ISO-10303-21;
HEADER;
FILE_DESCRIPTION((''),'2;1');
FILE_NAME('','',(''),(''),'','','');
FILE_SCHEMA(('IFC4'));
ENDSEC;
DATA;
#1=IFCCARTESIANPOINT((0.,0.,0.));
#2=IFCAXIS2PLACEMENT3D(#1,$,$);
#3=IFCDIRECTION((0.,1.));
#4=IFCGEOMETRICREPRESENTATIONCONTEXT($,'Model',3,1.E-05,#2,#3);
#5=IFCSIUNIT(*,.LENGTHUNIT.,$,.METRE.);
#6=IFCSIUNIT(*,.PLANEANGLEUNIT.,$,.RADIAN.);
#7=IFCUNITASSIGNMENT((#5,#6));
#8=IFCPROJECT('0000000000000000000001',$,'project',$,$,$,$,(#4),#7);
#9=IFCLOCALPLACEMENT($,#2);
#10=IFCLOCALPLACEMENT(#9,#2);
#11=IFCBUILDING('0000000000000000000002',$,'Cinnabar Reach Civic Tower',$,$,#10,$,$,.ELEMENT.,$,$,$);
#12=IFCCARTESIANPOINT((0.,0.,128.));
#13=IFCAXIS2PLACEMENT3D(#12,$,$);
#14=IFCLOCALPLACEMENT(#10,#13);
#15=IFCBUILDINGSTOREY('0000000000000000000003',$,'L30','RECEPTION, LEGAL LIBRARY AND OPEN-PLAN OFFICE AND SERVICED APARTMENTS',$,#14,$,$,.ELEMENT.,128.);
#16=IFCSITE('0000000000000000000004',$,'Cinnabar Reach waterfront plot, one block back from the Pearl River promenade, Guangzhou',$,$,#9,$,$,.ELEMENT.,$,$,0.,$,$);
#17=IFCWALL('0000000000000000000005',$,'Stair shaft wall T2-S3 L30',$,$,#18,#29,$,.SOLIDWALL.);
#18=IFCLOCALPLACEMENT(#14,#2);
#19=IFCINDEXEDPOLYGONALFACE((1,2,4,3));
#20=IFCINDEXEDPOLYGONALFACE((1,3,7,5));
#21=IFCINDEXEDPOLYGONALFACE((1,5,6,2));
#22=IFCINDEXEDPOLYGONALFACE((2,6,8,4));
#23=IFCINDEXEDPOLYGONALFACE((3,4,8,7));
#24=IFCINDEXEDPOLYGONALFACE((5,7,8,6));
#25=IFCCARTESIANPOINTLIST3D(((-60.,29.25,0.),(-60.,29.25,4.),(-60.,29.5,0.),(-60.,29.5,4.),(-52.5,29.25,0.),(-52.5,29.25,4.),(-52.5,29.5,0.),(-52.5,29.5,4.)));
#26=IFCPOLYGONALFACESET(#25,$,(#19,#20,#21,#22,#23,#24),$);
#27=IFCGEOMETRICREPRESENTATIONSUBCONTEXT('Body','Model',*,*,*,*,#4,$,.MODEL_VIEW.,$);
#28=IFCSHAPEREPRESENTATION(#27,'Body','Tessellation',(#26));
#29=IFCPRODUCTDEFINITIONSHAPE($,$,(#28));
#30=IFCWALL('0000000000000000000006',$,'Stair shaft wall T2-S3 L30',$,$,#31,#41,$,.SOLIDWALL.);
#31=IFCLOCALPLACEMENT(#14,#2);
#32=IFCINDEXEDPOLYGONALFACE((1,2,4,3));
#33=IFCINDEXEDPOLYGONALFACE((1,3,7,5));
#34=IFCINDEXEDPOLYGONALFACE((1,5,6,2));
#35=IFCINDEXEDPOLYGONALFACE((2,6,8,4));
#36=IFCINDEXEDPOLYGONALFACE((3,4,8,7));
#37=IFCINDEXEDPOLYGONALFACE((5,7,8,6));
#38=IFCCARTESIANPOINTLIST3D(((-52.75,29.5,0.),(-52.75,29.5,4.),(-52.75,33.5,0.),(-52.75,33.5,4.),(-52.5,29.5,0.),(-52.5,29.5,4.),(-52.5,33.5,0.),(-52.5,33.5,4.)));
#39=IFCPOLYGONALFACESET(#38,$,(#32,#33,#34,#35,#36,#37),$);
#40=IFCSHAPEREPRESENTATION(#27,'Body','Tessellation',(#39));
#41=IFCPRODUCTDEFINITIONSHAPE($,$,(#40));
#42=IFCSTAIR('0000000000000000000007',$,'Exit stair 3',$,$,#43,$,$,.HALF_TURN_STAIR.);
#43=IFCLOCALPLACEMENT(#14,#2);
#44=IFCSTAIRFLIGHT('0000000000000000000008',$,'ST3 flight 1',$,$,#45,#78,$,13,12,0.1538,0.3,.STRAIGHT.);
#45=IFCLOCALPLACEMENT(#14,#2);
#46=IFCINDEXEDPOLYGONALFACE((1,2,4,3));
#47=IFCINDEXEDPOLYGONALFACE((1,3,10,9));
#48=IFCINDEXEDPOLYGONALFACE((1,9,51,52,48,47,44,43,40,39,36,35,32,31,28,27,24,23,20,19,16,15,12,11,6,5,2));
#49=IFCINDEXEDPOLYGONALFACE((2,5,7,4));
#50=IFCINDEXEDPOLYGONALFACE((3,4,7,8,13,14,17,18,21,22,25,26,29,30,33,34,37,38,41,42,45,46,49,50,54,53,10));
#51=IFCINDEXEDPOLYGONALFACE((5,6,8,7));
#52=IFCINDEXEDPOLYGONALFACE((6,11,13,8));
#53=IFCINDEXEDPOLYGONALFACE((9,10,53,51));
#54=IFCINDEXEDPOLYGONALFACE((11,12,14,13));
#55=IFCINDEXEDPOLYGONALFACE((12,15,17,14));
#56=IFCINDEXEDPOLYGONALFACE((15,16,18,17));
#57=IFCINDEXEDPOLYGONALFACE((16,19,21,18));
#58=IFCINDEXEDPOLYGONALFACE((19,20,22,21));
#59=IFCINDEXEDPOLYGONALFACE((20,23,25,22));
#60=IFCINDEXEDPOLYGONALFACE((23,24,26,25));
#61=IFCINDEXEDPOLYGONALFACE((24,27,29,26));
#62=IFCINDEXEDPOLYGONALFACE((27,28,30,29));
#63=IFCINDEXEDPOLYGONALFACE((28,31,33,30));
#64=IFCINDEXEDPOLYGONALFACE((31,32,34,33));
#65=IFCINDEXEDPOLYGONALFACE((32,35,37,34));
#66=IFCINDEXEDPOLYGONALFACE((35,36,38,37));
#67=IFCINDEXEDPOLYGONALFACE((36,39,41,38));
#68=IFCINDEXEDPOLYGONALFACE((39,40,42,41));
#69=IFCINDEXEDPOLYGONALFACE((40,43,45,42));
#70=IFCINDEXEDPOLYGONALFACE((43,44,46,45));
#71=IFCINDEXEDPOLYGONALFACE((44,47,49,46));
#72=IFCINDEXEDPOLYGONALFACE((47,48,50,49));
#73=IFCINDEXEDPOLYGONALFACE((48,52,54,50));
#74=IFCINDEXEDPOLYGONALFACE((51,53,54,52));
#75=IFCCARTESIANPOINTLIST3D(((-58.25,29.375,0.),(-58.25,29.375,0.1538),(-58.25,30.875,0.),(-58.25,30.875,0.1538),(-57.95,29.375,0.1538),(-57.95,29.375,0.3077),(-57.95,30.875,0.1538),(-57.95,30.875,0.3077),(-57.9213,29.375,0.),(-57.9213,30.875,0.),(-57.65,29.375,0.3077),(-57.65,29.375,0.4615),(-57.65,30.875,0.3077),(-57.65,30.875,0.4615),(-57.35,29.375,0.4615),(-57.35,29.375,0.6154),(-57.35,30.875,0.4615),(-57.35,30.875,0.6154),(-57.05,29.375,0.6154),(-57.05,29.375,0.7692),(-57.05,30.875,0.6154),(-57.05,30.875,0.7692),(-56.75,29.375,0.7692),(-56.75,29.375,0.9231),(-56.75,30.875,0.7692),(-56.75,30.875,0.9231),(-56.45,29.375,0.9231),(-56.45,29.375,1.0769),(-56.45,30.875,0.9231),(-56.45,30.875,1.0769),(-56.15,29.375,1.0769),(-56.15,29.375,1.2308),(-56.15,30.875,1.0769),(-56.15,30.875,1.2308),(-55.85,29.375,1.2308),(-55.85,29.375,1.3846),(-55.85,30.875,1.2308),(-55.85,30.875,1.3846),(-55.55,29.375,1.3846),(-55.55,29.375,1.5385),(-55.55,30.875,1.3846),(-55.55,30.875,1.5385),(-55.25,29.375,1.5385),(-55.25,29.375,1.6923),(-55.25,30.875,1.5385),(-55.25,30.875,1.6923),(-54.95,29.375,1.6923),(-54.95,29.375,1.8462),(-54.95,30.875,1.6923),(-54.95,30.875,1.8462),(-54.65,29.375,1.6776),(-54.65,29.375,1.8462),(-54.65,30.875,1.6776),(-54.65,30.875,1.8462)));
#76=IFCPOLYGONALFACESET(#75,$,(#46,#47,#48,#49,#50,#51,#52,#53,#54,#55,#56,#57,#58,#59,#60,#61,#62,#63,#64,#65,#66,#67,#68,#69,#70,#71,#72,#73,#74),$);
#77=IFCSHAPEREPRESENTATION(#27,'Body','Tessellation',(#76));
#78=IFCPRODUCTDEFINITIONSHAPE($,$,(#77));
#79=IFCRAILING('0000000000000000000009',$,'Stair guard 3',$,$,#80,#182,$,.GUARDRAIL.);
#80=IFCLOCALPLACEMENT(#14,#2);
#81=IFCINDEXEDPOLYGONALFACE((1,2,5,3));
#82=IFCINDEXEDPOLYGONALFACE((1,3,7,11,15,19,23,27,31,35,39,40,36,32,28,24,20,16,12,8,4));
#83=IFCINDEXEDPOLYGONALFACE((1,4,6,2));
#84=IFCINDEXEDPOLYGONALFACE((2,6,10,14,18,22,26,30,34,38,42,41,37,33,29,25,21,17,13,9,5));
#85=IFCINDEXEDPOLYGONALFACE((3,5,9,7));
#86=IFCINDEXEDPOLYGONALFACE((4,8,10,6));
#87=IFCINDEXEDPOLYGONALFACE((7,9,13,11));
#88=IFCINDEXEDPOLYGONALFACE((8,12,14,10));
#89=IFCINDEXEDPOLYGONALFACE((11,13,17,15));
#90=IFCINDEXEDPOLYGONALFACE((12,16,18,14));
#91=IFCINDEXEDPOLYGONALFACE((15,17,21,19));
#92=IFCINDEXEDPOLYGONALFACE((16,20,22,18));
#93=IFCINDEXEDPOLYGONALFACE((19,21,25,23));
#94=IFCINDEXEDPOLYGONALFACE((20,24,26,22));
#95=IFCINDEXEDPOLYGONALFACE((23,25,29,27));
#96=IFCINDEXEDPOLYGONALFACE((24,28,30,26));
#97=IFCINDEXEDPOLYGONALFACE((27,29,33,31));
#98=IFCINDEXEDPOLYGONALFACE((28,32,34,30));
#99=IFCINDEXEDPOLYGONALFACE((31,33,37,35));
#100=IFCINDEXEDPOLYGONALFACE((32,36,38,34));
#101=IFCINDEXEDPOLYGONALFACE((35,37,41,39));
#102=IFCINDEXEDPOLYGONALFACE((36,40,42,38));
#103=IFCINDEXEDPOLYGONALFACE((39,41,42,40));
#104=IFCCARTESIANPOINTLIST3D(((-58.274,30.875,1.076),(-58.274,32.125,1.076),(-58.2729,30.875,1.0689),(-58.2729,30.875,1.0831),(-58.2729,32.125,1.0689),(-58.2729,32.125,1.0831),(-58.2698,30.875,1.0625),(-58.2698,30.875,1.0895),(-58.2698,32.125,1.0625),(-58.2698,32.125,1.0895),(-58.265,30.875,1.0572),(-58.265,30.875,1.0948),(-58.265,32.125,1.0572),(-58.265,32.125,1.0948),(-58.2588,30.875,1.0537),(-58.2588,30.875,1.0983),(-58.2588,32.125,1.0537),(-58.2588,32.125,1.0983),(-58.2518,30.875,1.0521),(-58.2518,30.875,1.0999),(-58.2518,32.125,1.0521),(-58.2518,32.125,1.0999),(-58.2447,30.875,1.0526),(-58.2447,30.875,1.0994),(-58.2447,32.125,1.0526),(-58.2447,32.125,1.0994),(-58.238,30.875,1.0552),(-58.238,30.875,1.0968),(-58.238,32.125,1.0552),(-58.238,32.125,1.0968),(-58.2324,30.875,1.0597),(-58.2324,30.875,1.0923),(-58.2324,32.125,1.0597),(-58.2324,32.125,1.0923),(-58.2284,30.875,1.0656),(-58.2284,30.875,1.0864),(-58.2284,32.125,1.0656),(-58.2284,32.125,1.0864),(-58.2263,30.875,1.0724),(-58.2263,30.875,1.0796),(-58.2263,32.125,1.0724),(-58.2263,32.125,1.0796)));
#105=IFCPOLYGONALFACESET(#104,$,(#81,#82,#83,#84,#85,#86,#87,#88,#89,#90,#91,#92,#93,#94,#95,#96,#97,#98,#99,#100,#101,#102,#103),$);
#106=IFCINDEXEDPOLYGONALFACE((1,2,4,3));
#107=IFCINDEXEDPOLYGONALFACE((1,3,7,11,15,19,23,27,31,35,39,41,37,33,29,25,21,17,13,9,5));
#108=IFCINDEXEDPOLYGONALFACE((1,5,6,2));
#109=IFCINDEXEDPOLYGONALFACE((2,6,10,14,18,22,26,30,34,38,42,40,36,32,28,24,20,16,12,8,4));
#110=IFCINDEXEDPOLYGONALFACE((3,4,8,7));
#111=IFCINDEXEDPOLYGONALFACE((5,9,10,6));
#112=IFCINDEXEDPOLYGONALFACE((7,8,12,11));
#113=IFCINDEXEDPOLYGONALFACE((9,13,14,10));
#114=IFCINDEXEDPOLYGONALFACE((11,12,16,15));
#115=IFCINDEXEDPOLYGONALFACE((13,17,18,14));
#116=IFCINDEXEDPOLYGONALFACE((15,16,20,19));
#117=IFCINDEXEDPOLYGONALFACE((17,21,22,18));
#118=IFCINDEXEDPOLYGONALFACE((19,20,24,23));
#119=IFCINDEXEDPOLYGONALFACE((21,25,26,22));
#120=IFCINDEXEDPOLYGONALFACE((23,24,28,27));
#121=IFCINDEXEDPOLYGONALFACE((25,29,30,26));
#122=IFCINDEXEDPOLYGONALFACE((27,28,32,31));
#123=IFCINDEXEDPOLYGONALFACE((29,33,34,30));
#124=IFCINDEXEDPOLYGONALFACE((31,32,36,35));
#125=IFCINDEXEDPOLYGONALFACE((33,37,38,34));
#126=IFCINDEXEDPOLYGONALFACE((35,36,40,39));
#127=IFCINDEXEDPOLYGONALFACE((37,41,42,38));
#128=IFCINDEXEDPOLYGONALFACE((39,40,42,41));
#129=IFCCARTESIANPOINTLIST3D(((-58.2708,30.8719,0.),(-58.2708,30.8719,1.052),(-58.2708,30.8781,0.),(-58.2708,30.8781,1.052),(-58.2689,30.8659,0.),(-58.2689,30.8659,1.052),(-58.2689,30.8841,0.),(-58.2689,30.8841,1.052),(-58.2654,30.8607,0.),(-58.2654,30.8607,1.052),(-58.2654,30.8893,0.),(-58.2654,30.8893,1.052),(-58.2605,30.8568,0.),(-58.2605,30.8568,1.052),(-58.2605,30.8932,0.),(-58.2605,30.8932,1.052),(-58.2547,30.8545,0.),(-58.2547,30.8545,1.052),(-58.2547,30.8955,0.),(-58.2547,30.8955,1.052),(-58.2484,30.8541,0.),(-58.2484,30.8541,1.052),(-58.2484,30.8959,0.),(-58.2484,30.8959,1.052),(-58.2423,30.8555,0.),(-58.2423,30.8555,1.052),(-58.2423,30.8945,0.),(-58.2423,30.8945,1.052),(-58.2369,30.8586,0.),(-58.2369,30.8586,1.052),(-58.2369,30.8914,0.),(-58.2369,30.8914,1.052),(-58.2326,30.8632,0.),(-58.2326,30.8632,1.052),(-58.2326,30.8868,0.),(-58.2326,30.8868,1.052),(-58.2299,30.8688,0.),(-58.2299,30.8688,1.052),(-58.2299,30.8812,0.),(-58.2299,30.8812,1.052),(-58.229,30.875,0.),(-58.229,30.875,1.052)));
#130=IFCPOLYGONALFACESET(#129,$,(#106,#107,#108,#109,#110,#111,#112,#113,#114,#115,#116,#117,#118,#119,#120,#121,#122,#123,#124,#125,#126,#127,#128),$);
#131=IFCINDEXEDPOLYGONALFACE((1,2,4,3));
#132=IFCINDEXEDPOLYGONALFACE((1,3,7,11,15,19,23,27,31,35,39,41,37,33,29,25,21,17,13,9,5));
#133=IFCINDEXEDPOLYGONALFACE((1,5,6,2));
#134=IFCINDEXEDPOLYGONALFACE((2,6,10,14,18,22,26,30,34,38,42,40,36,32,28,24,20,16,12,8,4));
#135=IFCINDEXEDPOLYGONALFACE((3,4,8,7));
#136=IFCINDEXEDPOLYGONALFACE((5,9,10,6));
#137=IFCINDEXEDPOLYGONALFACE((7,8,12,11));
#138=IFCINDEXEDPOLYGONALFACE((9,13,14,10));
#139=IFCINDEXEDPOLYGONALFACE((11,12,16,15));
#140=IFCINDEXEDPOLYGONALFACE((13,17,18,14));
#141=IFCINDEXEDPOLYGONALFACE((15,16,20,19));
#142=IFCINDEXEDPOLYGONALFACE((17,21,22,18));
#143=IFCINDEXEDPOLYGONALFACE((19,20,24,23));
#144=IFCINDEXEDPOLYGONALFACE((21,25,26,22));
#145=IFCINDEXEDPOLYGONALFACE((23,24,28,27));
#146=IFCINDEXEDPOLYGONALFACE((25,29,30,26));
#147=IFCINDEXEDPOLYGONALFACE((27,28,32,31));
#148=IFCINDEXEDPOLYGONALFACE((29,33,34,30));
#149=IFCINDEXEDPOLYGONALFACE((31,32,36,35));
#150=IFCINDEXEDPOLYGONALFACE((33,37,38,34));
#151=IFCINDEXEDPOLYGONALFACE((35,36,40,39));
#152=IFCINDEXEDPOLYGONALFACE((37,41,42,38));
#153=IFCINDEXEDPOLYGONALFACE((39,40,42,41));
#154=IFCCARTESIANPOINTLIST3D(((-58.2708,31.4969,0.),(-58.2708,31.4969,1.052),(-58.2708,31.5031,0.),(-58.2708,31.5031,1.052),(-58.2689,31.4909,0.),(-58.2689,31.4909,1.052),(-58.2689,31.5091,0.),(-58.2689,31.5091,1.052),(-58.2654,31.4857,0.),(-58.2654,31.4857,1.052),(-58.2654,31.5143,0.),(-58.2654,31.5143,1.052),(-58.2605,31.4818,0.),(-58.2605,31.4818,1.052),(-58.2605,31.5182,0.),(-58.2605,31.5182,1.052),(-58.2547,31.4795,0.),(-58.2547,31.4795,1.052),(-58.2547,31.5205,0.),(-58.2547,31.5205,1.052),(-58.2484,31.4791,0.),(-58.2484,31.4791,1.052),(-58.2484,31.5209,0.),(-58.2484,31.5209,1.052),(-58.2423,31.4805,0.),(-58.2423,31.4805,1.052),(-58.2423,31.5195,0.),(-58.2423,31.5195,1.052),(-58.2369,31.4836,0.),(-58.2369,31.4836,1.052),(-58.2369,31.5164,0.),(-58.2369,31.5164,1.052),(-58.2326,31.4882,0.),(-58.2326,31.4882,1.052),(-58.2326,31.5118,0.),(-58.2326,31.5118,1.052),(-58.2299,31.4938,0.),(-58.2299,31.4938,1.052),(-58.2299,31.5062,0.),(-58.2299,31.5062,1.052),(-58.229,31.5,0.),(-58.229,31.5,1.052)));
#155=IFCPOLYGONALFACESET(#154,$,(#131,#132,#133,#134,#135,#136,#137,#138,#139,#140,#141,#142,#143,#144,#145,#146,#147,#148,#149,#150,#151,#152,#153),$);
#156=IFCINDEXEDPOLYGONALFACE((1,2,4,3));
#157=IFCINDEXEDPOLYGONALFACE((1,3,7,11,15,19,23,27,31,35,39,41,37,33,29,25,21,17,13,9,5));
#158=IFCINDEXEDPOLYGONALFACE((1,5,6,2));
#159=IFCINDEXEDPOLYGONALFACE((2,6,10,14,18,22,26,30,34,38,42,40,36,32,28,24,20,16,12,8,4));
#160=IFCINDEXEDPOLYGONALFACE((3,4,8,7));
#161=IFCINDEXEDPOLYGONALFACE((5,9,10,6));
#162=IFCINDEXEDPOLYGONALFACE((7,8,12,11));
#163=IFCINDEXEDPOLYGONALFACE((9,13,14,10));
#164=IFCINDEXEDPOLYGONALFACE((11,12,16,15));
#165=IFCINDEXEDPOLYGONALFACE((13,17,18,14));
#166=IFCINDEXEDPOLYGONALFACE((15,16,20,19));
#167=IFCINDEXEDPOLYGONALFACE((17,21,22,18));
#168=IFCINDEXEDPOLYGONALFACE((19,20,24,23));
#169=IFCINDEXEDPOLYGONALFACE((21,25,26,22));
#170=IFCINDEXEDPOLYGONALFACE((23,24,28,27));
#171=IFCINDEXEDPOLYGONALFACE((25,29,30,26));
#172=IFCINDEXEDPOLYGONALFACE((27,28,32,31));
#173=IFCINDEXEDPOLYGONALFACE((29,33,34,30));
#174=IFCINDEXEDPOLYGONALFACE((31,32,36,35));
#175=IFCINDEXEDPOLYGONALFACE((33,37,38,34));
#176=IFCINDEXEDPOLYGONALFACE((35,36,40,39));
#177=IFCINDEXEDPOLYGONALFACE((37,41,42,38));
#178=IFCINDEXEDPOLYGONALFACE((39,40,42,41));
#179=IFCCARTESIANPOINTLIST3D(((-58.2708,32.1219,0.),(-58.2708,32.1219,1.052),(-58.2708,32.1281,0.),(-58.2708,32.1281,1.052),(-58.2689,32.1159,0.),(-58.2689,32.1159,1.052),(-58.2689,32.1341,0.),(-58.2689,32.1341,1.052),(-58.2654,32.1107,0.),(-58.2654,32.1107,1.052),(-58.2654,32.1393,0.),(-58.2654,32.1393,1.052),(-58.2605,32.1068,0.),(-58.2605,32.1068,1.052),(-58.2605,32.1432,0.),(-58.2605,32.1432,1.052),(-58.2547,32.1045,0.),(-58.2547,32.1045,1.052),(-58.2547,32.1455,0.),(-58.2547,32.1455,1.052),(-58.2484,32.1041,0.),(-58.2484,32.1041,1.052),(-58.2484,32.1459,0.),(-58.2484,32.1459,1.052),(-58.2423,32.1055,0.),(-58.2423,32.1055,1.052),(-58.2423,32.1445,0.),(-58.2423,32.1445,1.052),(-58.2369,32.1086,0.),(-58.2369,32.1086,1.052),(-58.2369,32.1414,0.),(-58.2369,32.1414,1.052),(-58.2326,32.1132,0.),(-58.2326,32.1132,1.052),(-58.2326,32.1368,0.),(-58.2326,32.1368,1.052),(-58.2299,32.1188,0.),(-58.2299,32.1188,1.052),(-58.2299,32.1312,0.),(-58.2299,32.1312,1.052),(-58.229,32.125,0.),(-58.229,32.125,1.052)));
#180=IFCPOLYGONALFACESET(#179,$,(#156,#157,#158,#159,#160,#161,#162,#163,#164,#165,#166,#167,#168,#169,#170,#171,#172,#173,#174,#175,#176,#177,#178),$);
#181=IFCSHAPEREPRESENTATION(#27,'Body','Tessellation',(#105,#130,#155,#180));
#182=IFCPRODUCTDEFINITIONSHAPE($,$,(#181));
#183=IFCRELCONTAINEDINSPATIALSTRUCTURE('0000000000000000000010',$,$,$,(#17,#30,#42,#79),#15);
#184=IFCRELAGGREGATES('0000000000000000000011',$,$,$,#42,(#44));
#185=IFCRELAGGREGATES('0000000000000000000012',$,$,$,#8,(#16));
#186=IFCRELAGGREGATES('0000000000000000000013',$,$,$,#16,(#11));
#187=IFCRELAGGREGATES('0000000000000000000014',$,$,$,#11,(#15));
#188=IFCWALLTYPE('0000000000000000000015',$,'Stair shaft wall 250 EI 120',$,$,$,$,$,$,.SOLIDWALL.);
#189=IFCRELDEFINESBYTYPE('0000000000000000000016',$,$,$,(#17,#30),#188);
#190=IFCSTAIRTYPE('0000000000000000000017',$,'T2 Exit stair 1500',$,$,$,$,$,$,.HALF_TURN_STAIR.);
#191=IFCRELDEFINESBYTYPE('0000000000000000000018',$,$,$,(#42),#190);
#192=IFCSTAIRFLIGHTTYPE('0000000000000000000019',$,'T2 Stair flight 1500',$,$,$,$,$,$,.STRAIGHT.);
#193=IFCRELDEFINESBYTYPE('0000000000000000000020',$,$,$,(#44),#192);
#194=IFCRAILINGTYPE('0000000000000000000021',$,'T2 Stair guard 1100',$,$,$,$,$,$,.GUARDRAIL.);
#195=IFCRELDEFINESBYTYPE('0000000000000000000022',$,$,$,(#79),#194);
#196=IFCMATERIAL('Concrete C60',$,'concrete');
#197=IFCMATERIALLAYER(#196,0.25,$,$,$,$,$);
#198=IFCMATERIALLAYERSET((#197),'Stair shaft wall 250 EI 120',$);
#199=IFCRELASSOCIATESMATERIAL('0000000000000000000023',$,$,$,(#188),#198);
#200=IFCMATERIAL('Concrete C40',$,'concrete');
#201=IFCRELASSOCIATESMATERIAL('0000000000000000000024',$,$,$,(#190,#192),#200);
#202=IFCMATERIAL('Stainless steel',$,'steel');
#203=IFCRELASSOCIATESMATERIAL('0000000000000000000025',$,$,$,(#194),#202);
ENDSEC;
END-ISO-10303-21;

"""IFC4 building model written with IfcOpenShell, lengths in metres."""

from ifc_helpers import new_model, si_unit, direction, frame, frame_2d, origin, origin_2d, place, context, subcontext, project, spatial, polyline, rectangle, circle, outline, extrude, material, layer, layer_set, type_object, element, aggregate, save


model = new_model("IFC4")

# Units and contexts
model_context = context("Model", 3, precision=1e-05, world=origin(), true_north=direction((0.0, 1.0)))
body_context = subcontext(model_context, "Body", "Model", "MODEL_VIEW")
ifc_project = project(units=[si_unit("LENGTHUNIT", "METRE"), si_unit("PLANEANGLEUNIT", "RADIAN")], contexts=[model_context])

# Site, building, storey
site_placement = place(None, origin())
site = spatial("IfcSite", under=ifc_project, at=site_placement, Name="Cinnabar Reach waterfront plot, one block back from the Pearl River promenade, Guangzhou", CompositionType="ELEMENT", RefElevation=0.0)
building_placement = place(site_placement, origin())
building = spatial("IfcBuilding", under=site, at=building_placement, Name="Cinnabar Reach Civic Tower", CompositionType="ELEMENT")
storey_placement = place(building_placement, frame((0.0, 0.0, 128.0)))
storey = spatial("IfcBuildingStorey", under=building, at=storey_placement, Name="L30", Description="RECEPTION, LEGAL LIBRARY AND OPEN-PLAN OFFICE AND SERVICED APARTMENTS", CompositionType="ELEMENT", Elevation=128.0)

# Shared definitions
ifc_material_1 = material(Name="Concrete C60", Category="concrete")

# Walls
ifc_layer_1 = layer(ifc_material_1, 0.25)
ifc_layer_set_1 = layer_set([ifc_layer_1], Name="Stair shaft wall 250 EI 120")
wall_type_1 = type_object("IfcWallType", Name="Stair shaft wall 250 EI 120", PredefinedType="SOLIDWALL", material=ifc_layer_set_1)
wall_1_placement = place(storey_placement, frame((-60.0, 29.375, 0.0), z_axis=(0.0, 0.0, 1.0), x_axis=(1.0, 0.0, 0.0)))
element("IfcWall", 1, at=wall_1_placement, inside=storey, type_object=wall_type_1, Name="Stair shaft wall T2-S3 L30", PredefinedType="SOLIDWALL", context=body_context, shape_type="SweptSolid", body=[
    extrude(rectangle(XDim=7.5, YDim=0.25, at=frame_2d((3.75, 0.0))), origin(), (0.0, 0.0, 1.0), 4.0),
])
wall_2_placement = place(storey_placement, frame((-52.625, 29.5, 0.0), z_axis=(0.0, 0.0, 1.0), x_axis=(0.0, 1.0, 0.0)))
element("IfcWall", 2, at=wall_2_placement, inside=storey, type_object=wall_type_1, Name="Stair shaft wall T2-S3 L30", PredefinedType="SOLIDWALL", context=body_context, shape_type="SweptSolid", body=[
    extrude(rectangle(XDim=4.0, YDim=0.25, at=frame_2d((2.0, 0.0))), origin(), (0.0, 0.0, 1.0), 4.0),
])

# Stair, stair flight
ifc_material_2 = material(Name="Concrete C40", Category="concrete")
stair_type = type_object("IfcStairType", Name="T2 Exit stair 1500", PredefinedType="HALF_TURN_STAIR", material=ifc_material_2)
stair_placement = place(storey_placement, origin())
stair = element("IfcStair", 3, at=stair_placement, inside=storey, type_object=stair_type, Name="Exit stair 3", PredefinedType="HALF_TURN_STAIR")
stair_flight_type = type_object("IfcStairFlightType", Name="T2 Stair flight 1500", PredefinedType="STRAIGHT", material=ifc_material_2)
stair_flight_placement = place(storey_placement, frame((-58.25, 30.125, 0.0), z_axis=(0.0, 0.0, 1.0), x_axis=(1.0, 0.0, 0.0)))
stair_flight = element("IfcStairFlight", 4, at=stair_flight_placement, type_object=stair_flight_type, Name="ST3 flight 1", NumberOfRisers=13, NumberOfTreads=12, PredefinedType="STRAIGHT", RiserHeight=0.1538, TreadLength=0.3, context=body_context, shape_type="SweptSolid", body=[
    extrude(outline(polyline([(0.0, 0.0), (0.0, 0.1538), (0.3, 0.1538), (0.3, 0.3077), (0.6, 0.3077), (0.6, 0.4615), (0.9, 0.4615), (0.9, 0.6154), (1.2, 0.6154), (1.2, 0.7692), (1.5, 0.7692), (1.5, 0.9231), (1.8, 0.9231), (1.8, 1.0769), (2.1, 1.0769), (2.1, 1.2308), (2.4, 1.2308), (2.4, 1.3846), (2.7, 1.3846), (2.7, 1.5385), (3.0, 1.5385), (3.0, 1.6923), (3.3, 1.6923), (3.3, 1.8462), (3.6, 1.8462), (3.6, 2.0), (3.6, 1.6776), (0.3287, 0.0), (0.0, 0.0)])), frame((0.0, 0.75, 0.0), z_axis=(0.0, -1.0, 0.0), x_axis=(1.0, 0.0, 0.0)), (0.0, 0.0, 1.0), 1.5),
])
aggregate(stair, [stair_flight])

# Railing
ifc_material_3 = material(Name="Stainless steel", Category="steel")
railing_type = type_object("IfcRailingType", Name="T2 Stair guard 1100", PredefinedType="GUARDRAIL", material=ifc_material_3)
railing_placement = place(storey_placement, frame((-58.25, 30.875, 0.0)))
element("IfcRailing", 5, at=railing_placement, inside=storey, type_object=railing_type, Name="Stair guard 3", PredefinedType="GUARDRAIL", context=body_context, shape_type="SweptSolid", body=[
    extrude(circle(Radius=0.024, at=origin_2d()), frame((0.0, 0.0, 1.076), z_axis=(0.0, 1.0, 0.0), x_axis=(-1.0, 0.0, 0.0)), (0.0, 0.0, 1.0), 1.25),
    extrude(circle(Radius=0.021, at=origin_2d()), origin(), (0.0, 0.0, 1.0), 1.052),
    extrude(circle(Radius=0.021, at=origin_2d()), frame((0.0, 0.625, 0.0)), (0.0, 0.0, 1.0), 1.052),
    extrude(circle(Radius=0.021, at=origin_2d()), frame((0.0, 1.25, 0.0)), (0.0, 0.0, 1.0), 1.052),
])

save(model, "model.ifc")
